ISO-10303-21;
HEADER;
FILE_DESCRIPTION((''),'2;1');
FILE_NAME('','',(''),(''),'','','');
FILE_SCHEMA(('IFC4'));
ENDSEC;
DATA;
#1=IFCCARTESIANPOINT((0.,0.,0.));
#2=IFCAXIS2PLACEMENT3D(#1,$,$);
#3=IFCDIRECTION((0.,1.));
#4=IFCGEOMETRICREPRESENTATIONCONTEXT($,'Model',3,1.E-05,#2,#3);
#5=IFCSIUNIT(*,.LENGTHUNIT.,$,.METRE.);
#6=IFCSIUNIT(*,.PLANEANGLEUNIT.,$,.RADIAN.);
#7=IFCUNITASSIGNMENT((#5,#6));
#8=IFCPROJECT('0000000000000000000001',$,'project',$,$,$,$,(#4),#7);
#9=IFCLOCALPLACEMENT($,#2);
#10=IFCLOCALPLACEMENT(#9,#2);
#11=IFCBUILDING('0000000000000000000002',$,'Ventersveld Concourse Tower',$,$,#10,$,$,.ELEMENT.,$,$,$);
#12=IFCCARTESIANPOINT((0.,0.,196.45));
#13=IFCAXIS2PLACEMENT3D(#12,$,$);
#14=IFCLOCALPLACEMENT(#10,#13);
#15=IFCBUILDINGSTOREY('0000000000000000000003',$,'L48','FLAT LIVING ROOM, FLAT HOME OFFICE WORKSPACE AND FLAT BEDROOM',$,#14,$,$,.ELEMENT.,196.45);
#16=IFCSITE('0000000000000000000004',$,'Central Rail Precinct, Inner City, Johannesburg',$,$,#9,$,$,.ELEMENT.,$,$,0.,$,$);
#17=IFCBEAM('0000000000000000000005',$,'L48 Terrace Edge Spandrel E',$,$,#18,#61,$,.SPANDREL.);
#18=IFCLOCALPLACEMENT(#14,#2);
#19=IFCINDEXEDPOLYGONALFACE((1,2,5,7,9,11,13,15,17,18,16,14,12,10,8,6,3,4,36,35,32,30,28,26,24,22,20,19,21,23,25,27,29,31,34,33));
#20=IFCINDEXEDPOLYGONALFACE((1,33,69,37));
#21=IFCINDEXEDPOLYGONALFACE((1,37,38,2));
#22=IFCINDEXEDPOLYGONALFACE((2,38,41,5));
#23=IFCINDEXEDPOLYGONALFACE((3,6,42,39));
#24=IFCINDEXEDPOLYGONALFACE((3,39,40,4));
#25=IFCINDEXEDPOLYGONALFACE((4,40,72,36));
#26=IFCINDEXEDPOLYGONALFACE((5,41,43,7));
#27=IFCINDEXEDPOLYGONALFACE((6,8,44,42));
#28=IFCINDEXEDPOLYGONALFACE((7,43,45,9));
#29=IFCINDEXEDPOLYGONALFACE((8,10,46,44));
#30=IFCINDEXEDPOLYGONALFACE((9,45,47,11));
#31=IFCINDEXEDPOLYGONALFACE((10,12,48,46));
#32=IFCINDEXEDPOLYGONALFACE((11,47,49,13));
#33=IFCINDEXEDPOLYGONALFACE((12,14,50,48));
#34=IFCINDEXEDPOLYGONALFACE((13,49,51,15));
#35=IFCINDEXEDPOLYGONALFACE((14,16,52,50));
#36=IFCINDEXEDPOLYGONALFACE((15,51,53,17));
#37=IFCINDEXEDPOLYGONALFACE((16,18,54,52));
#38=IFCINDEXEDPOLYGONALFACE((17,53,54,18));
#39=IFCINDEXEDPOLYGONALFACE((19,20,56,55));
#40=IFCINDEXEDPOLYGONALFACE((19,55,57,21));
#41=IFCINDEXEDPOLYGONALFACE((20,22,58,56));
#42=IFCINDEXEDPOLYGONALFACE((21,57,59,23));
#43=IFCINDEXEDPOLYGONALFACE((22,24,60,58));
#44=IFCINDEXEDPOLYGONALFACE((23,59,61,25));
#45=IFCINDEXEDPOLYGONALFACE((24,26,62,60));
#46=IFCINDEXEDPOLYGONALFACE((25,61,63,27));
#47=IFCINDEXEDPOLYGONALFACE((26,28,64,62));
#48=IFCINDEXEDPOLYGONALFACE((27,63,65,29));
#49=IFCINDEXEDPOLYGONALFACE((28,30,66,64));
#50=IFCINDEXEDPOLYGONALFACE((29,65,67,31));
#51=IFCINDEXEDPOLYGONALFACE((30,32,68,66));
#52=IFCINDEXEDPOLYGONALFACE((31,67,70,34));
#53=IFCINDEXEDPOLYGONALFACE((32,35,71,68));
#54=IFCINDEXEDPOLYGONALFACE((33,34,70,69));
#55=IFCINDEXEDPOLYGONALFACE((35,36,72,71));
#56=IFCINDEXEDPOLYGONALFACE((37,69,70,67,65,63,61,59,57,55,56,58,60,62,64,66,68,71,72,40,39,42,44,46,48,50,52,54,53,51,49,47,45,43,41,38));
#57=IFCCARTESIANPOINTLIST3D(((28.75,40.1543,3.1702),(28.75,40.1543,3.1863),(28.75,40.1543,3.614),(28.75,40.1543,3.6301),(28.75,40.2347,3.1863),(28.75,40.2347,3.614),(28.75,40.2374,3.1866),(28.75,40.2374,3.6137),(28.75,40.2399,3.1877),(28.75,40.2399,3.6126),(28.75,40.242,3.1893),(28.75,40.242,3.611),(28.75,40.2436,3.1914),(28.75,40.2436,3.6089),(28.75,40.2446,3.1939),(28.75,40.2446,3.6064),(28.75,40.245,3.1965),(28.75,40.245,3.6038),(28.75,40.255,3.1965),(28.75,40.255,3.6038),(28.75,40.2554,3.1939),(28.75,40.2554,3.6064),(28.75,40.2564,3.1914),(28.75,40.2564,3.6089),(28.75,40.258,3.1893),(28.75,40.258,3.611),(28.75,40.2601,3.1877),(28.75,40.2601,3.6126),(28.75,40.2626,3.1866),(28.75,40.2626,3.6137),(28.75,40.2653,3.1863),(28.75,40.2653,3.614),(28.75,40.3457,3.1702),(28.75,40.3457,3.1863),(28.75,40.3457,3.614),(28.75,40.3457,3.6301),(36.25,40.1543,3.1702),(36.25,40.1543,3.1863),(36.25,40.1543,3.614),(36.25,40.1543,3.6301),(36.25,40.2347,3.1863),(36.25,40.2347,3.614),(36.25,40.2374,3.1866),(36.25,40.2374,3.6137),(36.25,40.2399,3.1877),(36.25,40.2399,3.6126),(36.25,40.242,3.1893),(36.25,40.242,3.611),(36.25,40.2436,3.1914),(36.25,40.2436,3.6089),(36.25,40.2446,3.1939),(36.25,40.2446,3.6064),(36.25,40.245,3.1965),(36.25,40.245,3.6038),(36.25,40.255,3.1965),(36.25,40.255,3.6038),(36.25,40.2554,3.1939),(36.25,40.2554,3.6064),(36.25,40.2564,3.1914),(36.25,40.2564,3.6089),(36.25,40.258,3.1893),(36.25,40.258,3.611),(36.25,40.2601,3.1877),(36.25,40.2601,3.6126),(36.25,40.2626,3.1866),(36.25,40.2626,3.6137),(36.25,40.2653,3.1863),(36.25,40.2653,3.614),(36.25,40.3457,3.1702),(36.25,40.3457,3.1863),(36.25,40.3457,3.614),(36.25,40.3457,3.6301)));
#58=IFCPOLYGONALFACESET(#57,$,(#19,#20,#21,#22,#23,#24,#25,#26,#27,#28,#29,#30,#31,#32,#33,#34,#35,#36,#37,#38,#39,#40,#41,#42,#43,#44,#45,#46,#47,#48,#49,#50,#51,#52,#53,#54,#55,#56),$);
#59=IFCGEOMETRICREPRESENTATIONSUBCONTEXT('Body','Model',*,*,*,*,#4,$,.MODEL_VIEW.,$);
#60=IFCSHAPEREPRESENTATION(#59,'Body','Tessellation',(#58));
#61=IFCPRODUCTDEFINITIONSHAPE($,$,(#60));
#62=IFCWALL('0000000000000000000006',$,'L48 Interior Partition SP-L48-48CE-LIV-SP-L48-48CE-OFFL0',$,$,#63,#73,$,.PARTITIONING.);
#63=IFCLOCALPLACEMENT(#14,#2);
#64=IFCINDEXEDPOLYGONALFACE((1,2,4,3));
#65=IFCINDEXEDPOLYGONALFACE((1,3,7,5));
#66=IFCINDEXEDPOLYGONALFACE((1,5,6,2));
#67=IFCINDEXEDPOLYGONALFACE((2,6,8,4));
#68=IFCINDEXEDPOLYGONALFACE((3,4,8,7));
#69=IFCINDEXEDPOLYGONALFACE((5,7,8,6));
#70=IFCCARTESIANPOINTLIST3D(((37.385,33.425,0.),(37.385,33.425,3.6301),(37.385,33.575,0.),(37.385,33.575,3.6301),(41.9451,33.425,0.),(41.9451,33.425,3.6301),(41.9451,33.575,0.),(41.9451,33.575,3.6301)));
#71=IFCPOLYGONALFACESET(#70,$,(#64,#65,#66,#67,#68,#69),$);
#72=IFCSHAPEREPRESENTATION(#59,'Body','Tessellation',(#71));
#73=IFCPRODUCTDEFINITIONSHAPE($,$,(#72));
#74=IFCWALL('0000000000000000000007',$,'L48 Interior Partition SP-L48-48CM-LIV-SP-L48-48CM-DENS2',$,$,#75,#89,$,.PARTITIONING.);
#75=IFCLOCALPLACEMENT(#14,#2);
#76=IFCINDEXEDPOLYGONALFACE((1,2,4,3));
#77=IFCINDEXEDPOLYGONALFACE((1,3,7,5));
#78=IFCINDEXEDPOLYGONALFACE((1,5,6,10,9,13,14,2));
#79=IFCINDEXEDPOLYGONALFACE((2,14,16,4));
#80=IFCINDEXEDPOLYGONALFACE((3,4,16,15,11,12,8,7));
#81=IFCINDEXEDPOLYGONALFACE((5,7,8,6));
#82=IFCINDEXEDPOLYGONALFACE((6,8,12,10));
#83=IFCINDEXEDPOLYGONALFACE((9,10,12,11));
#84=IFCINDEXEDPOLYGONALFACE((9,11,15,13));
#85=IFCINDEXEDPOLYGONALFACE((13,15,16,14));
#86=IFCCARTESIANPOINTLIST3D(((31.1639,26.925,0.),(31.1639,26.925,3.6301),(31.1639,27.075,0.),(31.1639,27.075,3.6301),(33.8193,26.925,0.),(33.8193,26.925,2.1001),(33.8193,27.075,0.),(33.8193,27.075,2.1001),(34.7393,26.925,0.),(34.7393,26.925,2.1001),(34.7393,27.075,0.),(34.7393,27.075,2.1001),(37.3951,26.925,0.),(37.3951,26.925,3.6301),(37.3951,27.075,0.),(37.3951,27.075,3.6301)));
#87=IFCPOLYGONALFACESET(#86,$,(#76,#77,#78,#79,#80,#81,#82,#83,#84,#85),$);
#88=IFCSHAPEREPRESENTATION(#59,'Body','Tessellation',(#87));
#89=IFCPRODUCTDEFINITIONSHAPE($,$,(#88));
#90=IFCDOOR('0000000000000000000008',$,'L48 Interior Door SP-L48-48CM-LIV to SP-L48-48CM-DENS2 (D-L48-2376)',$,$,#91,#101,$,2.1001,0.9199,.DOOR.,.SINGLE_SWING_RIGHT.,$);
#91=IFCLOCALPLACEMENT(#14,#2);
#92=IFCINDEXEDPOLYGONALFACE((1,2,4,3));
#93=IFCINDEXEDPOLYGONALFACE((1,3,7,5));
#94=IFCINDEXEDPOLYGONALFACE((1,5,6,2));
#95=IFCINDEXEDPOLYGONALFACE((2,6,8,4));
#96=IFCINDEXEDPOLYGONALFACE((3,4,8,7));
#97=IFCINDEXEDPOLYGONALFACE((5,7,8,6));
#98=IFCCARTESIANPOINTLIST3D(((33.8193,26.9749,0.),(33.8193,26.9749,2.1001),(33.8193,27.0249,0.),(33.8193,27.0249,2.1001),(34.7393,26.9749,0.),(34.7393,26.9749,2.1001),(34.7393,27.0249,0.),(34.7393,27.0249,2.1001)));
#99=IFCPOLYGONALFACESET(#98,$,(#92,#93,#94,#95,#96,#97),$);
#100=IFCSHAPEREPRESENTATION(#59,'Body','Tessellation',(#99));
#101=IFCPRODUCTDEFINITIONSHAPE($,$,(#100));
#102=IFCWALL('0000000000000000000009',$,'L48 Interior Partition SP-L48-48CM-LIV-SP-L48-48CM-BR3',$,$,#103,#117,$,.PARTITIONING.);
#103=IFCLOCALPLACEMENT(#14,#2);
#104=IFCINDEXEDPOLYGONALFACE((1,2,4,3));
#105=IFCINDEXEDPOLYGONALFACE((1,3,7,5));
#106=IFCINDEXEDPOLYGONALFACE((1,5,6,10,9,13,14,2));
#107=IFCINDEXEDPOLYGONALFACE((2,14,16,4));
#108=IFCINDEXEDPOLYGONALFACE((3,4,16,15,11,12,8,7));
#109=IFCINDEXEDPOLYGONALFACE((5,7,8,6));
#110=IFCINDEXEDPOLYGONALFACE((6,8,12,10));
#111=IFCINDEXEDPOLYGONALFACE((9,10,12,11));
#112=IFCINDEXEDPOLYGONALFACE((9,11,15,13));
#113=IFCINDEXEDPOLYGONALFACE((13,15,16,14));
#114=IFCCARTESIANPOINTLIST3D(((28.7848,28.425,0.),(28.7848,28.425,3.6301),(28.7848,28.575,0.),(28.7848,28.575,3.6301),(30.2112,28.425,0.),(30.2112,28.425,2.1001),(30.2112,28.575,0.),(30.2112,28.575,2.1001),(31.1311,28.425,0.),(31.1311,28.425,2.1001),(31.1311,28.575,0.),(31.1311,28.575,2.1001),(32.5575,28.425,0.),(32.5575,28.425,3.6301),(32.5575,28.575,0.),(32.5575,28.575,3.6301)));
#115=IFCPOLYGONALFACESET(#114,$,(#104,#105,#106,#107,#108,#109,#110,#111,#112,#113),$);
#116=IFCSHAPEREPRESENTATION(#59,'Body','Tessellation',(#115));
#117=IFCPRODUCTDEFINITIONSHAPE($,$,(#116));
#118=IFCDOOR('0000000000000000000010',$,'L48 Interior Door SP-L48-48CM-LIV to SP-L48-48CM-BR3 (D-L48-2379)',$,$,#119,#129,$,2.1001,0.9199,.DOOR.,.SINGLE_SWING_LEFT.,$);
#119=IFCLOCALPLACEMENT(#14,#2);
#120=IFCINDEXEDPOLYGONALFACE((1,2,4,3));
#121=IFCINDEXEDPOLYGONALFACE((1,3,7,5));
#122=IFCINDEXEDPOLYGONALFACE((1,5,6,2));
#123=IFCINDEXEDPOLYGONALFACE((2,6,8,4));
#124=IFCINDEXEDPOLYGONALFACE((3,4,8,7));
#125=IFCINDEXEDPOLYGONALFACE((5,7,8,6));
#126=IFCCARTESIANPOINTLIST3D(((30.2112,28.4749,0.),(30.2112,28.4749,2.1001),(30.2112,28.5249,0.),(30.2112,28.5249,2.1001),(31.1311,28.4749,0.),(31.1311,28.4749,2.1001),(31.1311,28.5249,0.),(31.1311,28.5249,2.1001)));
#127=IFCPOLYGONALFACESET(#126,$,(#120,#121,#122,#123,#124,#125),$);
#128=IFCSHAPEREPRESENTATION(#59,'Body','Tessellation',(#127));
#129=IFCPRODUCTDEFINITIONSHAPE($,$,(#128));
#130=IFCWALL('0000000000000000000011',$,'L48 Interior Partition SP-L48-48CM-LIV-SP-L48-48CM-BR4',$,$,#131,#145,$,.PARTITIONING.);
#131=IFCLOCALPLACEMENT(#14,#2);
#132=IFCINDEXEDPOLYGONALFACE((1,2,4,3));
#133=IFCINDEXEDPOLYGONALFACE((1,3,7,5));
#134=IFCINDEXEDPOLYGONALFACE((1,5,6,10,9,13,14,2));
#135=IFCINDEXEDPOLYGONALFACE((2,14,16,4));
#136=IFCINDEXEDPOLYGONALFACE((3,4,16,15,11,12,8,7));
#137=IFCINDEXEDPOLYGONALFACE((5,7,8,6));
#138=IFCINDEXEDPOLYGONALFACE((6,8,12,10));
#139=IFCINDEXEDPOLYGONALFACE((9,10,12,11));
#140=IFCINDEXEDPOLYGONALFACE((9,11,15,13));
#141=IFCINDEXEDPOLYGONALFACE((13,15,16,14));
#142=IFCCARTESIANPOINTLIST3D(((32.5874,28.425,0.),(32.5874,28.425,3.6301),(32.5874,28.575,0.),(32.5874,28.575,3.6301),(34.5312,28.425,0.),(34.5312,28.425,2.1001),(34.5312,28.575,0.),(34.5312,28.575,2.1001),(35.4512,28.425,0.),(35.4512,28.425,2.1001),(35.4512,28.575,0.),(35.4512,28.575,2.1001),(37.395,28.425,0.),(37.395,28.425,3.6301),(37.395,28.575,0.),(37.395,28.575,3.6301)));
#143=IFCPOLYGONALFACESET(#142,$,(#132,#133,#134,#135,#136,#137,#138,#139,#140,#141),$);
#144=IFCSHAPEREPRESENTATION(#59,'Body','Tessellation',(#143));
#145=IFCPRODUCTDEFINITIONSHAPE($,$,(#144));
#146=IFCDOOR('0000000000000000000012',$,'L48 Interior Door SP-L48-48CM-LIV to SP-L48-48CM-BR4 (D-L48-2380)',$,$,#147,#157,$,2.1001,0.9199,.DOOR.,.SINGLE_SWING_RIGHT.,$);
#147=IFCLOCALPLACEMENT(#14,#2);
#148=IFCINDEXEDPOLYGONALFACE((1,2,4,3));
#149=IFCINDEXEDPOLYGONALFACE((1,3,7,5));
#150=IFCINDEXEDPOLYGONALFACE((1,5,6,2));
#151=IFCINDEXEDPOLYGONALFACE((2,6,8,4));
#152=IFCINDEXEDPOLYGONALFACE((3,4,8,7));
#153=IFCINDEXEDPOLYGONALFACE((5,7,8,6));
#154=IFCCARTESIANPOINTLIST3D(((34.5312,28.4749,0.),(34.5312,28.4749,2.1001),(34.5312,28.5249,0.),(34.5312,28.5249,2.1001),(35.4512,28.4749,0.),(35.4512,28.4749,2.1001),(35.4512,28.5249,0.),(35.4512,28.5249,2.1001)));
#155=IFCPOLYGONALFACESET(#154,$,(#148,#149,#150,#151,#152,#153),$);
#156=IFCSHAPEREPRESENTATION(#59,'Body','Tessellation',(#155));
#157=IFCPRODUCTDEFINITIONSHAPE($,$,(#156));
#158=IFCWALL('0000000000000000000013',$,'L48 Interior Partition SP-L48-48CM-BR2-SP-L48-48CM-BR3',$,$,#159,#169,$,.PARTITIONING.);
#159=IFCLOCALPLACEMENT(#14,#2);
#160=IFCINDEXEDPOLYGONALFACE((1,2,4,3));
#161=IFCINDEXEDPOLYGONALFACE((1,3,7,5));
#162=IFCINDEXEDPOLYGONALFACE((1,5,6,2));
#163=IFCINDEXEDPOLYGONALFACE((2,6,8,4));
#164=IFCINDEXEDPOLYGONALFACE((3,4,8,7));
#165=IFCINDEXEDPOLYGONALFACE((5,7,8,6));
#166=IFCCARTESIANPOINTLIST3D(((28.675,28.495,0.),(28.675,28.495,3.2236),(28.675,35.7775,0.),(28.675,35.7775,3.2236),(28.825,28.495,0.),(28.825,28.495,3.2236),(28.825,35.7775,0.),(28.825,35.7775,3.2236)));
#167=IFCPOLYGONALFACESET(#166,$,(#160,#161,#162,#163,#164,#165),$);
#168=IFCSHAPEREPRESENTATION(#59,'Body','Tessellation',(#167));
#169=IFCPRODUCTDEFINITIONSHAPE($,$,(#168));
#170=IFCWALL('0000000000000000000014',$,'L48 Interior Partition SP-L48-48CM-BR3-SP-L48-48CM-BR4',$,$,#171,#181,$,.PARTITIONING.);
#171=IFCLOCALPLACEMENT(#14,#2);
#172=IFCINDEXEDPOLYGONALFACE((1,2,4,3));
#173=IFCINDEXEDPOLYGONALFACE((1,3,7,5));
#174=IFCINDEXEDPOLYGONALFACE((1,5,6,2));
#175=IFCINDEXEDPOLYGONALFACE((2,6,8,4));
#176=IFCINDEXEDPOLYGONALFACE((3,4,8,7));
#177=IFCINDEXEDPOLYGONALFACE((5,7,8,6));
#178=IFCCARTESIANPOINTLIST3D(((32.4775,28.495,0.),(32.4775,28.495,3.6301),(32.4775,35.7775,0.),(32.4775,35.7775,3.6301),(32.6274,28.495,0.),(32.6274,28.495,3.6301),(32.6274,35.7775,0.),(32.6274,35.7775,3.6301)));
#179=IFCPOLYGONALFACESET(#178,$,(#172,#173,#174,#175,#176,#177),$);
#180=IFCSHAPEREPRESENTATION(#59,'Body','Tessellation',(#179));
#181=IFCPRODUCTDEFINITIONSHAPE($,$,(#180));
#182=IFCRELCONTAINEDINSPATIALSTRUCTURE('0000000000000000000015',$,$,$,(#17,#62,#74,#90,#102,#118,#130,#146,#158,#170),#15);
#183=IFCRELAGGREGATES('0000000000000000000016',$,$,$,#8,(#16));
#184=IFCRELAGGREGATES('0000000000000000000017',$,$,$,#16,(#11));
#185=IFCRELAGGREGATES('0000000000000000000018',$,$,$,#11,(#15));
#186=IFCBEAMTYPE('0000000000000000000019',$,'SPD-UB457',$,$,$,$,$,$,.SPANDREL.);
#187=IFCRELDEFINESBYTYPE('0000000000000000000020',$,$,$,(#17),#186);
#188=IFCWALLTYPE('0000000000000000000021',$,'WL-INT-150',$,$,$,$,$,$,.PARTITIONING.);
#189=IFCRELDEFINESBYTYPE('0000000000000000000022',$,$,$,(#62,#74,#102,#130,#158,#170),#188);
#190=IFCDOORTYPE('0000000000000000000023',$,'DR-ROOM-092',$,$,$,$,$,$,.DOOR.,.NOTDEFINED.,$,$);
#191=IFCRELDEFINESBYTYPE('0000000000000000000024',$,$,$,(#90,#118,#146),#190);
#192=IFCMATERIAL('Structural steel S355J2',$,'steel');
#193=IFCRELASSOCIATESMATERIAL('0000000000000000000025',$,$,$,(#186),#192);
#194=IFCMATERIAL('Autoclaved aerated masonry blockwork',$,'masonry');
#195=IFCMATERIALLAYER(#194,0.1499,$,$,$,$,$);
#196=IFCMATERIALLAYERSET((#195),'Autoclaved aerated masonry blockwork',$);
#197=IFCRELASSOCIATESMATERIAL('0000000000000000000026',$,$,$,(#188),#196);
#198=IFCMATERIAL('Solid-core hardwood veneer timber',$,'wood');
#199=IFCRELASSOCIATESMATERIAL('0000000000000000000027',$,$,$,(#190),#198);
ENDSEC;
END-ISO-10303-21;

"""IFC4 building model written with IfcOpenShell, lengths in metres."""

from ifc_helpers import new_model, si_unit, direction, frame, frame_2d, origin, origin_2d, place, context, subcontext, project, spatial, rectangle, i_section, extrude, material, layer, layer_set, material_profile, profile_set, type_object, element, fill, save


model = new_model("IFC4")

# Units and contexts
model_context = context("Model", 3, precision=1e-05, world=origin(), true_north=direction((0.0, 1.0)))
body_context = subcontext(model_context, "Body", "Model", "MODEL_VIEW")
ifc_project = project(units=[si_unit("LENGTHUNIT", "METRE"), si_unit("PLANEANGLEUNIT", "RADIAN")], contexts=[model_context])

# Site, building, storey
site_placement = place(None, origin())
site = spatial("IfcSite", under=ifc_project, at=site_placement, Name="Central Rail Precinct, Inner City, Johannesburg", CompositionType="ELEMENT", RefElevation=0.0)
building_placement = place(site_placement, origin())
building = spatial("IfcBuilding", under=site, at=building_placement, Name="Ventersveld Concourse Tower", CompositionType="ELEMENT")
storey_placement = place(building_placement, frame((0.0, 0.0, 196.45)))
storey = spatial("IfcBuildingStorey", under=building, at=storey_placement, Name="L48", Description="FLAT LIVING ROOM, FLAT HOME OFFICE WORKSPACE AND FLAT BEDROOM", CompositionType="ELEMENT", Elevation=196.45)

# Beam
ifc_material_1 = material(Name="Structural steel S355J2", Category="steel")
ifc_material_profile_1 = material_profile(ifc_material_1, i_section(OverallWidth=0.1914, OverallDepth=0.46, WebThickness=0.01, FlangeThickness=0.0161, FilletRadius=0.0103, at=origin_2d()), Name="UB 457x191x82")
ifc_profile_set_1 = profile_set([ifc_material_profile_1], Name="Structural steel S355J2")
beam_type_1 = type_object("IfcBeamType", Name="SPD-UB457", PredefinedType="SPANDREL", material=ifc_profile_set_1)
beam_placement = place(storey_placement, frame((28.75, 40.25, 3.4001), z_axis=(1.0, 0.0, 0.0), x_axis=(0.0, 1.0, 0.0)))
element("IfcBeam", 1, at=beam_placement, inside=storey, type_object=beam_type_1, Name="L48 Terrace Edge Spandrel E", PredefinedType="SPANDREL", context=body_context, shape_type="SweptSolid", body=[
    extrude(i_section(OverallWidth=0.1914, OverallDepth=0.46, WebThickness=0.01, FlangeThickness=0.0161, FilletRadius=0.0103, at=origin_2d()), origin(), (0.0, 0.0, 1.0), 7.5),
])

# Wall
ifc_material_2 = material(Name="Autoclaved aerated masonry blockwork", Category="masonry")
ifc_layer_1 = layer(ifc_material_2, 0.1499)
ifc_layer_set_1 = layer_set([ifc_layer_1], Name="Autoclaved aerated masonry blockwork")
wall_type_1 = type_object("IfcWallType", Name="WL-INT-150", PredefinedType="PARTITIONING", material=ifc_layer_set_1)
wall_1_placement = place(storey_placement, frame((37.385, 33.5, 0.0), z_axis=(0.0, 0.0, 1.0), x_axis=(1.0, 0.0, 0.0)))
element("IfcWall", 2, at=wall_1_placement, inside=storey, type_object=wall_type_1, Name="L48 Interior Partition SP-L48-48CE-LIV-SP-L48-48CE-OFFL0", PredefinedType="PARTITIONING", context=body_context, shape_type="SweptSolid", body=[
    extrude(rectangle(XDim=4.5601, YDim=0.1499, at=frame_2d((2.28, 0.0))), origin(), (0.0, 0.0, 1.0), 3.6301),
])

# Walls, openings, doors
wall_2_placement = place(storey_placement, frame((31.1638, 27.0, 0.0), z_axis=(0.0, 0.0, 1.0), x_axis=(1.0, 0.0, 0.0)))
wall_2 = element("IfcWall", 3, at=wall_2_placement, inside=storey, type_object=wall_type_1, Name="L48 Interior Partition SP-L48-48CM-LIV-SP-L48-48CM-DENS2", PredefinedType="PARTITIONING", context=body_context, shape_type="SweptSolid", body=[
    extrude(rectangle(XDim=6.2312, YDim=0.1499, at=frame_2d((3.1157, 0.0))), origin(), (0.0, 0.0, 1.0), 3.6301),
])
opening_1_placement = place(wall_2_placement, frame((2.6555, 0.0, 0.0)))
opening_1 = element("IfcOpeningElement", 4, at=opening_1_placement, cuts=wall_2, PredefinedType="OPENING", context=body_context, shape_type="SweptSolid", body=[
    extrude(rectangle(XDim=0.9199, YDim=2.1001, at=frame_2d((0.46, 1.05))), frame((0.0, 0.085, 0.0), z_axis=(0.0, -1.0, 0.0), x_axis=(1.0, 0.0, 0.0)), (0.0, 0.0, 1.0), 0.1699),
])
ifc_material_3 = material(Name="Solid-core hardwood veneer timber", Category="wood")
door_type_1 = type_object("IfcDoorType", Name="DR-ROOM-092", OperationType="NOTDEFINED", PredefinedType="DOOR", material=ifc_material_3)
door_1_placement = place(opening_1_placement, origin())
door_1 = element("IfcDoor", 5, at=door_1_placement, inside=storey, type_object=door_type_1, Name="L48 Interior Door SP-L48-48CM-LIV to SP-L48-48CM-DENS2 (D-L48-2376)", OperationType="SINGLE_SWING_RIGHT", OverallHeight=2.1001, OverallWidth=0.9199, PredefinedType="DOOR", context=body_context, shape_type="SweptSolid", body=[
    extrude(rectangle(XDim=0.9199, YDim=2.1001, at=frame_2d((0.46, 1.05))), frame((0.0, 0.0249, 0.0), z_axis=(0.0, -1.0, 0.0), x_axis=(1.0, 0.0, 0.0)), (0.0, 0.0, 1.0), 0.05),
])
fill(opening_1, door_1)
wall_3_placement = place(storey_placement, frame((28.7849, 28.5, 0.0), z_axis=(0.0, 0.0, 1.0), x_axis=(1.0, 0.0, 0.0)))
wall_3 = element("IfcWall", 6, at=wall_3_placement, inside=storey, type_object=wall_type_1, Name="L48 Interior Partition SP-L48-48CM-LIV-SP-L48-48CM-BR3", PredefinedType="PARTITIONING", context=body_context, shape_type="SweptSolid", body=[
    extrude(rectangle(XDim=3.7727, YDim=0.1499, at=frame_2d((1.8862, 0.0))), origin(), (0.0, 0.0, 1.0), 3.6301),
])
opening_2_placement = place(wall_3_placement, frame((1.4263, 0.0, 0.0)))
opening_2 = element("IfcOpeningElement", 7, at=opening_2_placement, cuts=wall_3, PredefinedType="OPENING", context=body_context, shape_type="SweptSolid", body=[
    extrude(rectangle(XDim=0.9199, YDim=2.1001, at=frame_2d((0.46, 1.05))), frame((0.0, 0.085, 0.0), z_axis=(0.0, -1.0, 0.0), x_axis=(1.0, 0.0, 0.0)), (0.0, 0.0, 1.0), 0.1699),
])
door_2_placement = place(opening_2_placement, origin())
door_2 = element("IfcDoor", 8, at=door_2_placement, inside=storey, type_object=door_type_1, Name="L48 Interior Door SP-L48-48CM-LIV to SP-L48-48CM-BR3 (D-L48-2379)", OperationType="SINGLE_SWING_LEFT", OverallHeight=2.1001, OverallWidth=0.9199, PredefinedType="DOOR", context=body_context, shape_type="SweptSolid", body=[
    extrude(rectangle(XDim=0.9199, YDim=2.1001, at=frame_2d((0.46, 1.05))), frame((0.0, 0.0249, 0.0), z_axis=(0.0, -1.0, 0.0), x_axis=(1.0, 0.0, 0.0)), (0.0, 0.0, 1.0), 0.05),
])
fill(opening_2, door_2)
wall_4_placement = place(storey_placement, frame((32.5874, 28.5, 0.0), z_axis=(0.0, 0.0, 1.0), x_axis=(1.0, 0.0, 0.0)))
wall_4 = element("IfcWall", 9, at=wall_4_placement, inside=storey, type_object=wall_type_1, Name="L48 Interior Partition SP-L48-48CM-LIV-SP-L48-48CM-BR4", PredefinedType="PARTITIONING", context=body_context, shape_type="SweptSolid", body=[
    extrude(rectangle(XDim=4.8076, YDim=0.1499, at=frame_2d((2.4038, 0.0))), origin(), (0.0, 0.0, 1.0), 3.6301),
])
opening_3_placement = place(wall_4_placement, frame((1.9438, 0.0, 0.0)))
opening_3 = element("IfcOpeningElement", 10, at=opening_3_placement, cuts=wall_4, PredefinedType="OPENING", context=body_context, shape_type="SweptSolid", body=[
    extrude(rectangle(XDim=0.9199, YDim=2.1001, at=frame_2d((0.46, 1.05))), frame((0.0, 0.085, 0.0), z_axis=(0.0, -1.0, 0.0), x_axis=(1.0, 0.0, 0.0)), (0.0, 0.0, 1.0), 0.1699),
])
door_3_placement = place(opening_3_placement, origin())
door_3 = element("IfcDoor", 11, at=door_3_placement, inside=storey, type_object=door_type_1, Name="L48 Interior Door SP-L48-48CM-LIV to SP-L48-48CM-BR4 (D-L48-2380)", OperationType="SINGLE_SWING_RIGHT", OverallHeight=2.1001, OverallWidth=0.9199, PredefinedType="DOOR", context=body_context, shape_type="SweptSolid", body=[
    extrude(rectangle(XDim=0.9199, YDim=2.1001, at=frame_2d((0.46, 1.05))), frame((0.0, 0.0249, 0.0), z_axis=(0.0, -1.0, 0.0), x_axis=(1.0, 0.0, 0.0)), (0.0, 0.0, 1.0), 0.05),
])
fill(opening_3, door_3)

# Walls
wall_5_placement = place(storey_placement, frame((28.75, 28.4951, 0.0), z_axis=(0.0, 0.0, 1.0), x_axis=(0.0, 1.0, 0.0)))
element("IfcWall", 12, at=wall_5_placement, inside=storey, type_object=wall_type_1, Name="L48 Interior Partition SP-L48-48CM-BR2-SP-L48-48CM-BR3", PredefinedType="PARTITIONING", context=body_context, shape_type="SweptSolid", body=[
    extrude(rectangle(XDim=7.2825, YDim=0.1499, at=frame_2d((3.6411, 0.0))), origin(), (0.0, 0.0, 1.0), 3.2236),
])
wall_6_placement = place(storey_placement, frame((32.5525, 28.4951, 0.0), z_axis=(0.0, 0.0, 1.0), x_axis=(0.0, 1.0, 0.0)))
element("IfcWall", 13, at=wall_6_placement, inside=storey, type_object=wall_type_1, Name="L48 Interior Partition SP-L48-48CM-BR3-SP-L48-48CM-BR4", PredefinedType="PARTITIONING", context=body_context, shape_type="SweptSolid", body=[
    extrude(rectangle(XDim=7.2825, YDim=0.1499, at=frame_2d((3.6411, 0.0))), origin(), (0.0, 0.0, 1.0), 3.6301),
])

save(model, "model.ifc")
